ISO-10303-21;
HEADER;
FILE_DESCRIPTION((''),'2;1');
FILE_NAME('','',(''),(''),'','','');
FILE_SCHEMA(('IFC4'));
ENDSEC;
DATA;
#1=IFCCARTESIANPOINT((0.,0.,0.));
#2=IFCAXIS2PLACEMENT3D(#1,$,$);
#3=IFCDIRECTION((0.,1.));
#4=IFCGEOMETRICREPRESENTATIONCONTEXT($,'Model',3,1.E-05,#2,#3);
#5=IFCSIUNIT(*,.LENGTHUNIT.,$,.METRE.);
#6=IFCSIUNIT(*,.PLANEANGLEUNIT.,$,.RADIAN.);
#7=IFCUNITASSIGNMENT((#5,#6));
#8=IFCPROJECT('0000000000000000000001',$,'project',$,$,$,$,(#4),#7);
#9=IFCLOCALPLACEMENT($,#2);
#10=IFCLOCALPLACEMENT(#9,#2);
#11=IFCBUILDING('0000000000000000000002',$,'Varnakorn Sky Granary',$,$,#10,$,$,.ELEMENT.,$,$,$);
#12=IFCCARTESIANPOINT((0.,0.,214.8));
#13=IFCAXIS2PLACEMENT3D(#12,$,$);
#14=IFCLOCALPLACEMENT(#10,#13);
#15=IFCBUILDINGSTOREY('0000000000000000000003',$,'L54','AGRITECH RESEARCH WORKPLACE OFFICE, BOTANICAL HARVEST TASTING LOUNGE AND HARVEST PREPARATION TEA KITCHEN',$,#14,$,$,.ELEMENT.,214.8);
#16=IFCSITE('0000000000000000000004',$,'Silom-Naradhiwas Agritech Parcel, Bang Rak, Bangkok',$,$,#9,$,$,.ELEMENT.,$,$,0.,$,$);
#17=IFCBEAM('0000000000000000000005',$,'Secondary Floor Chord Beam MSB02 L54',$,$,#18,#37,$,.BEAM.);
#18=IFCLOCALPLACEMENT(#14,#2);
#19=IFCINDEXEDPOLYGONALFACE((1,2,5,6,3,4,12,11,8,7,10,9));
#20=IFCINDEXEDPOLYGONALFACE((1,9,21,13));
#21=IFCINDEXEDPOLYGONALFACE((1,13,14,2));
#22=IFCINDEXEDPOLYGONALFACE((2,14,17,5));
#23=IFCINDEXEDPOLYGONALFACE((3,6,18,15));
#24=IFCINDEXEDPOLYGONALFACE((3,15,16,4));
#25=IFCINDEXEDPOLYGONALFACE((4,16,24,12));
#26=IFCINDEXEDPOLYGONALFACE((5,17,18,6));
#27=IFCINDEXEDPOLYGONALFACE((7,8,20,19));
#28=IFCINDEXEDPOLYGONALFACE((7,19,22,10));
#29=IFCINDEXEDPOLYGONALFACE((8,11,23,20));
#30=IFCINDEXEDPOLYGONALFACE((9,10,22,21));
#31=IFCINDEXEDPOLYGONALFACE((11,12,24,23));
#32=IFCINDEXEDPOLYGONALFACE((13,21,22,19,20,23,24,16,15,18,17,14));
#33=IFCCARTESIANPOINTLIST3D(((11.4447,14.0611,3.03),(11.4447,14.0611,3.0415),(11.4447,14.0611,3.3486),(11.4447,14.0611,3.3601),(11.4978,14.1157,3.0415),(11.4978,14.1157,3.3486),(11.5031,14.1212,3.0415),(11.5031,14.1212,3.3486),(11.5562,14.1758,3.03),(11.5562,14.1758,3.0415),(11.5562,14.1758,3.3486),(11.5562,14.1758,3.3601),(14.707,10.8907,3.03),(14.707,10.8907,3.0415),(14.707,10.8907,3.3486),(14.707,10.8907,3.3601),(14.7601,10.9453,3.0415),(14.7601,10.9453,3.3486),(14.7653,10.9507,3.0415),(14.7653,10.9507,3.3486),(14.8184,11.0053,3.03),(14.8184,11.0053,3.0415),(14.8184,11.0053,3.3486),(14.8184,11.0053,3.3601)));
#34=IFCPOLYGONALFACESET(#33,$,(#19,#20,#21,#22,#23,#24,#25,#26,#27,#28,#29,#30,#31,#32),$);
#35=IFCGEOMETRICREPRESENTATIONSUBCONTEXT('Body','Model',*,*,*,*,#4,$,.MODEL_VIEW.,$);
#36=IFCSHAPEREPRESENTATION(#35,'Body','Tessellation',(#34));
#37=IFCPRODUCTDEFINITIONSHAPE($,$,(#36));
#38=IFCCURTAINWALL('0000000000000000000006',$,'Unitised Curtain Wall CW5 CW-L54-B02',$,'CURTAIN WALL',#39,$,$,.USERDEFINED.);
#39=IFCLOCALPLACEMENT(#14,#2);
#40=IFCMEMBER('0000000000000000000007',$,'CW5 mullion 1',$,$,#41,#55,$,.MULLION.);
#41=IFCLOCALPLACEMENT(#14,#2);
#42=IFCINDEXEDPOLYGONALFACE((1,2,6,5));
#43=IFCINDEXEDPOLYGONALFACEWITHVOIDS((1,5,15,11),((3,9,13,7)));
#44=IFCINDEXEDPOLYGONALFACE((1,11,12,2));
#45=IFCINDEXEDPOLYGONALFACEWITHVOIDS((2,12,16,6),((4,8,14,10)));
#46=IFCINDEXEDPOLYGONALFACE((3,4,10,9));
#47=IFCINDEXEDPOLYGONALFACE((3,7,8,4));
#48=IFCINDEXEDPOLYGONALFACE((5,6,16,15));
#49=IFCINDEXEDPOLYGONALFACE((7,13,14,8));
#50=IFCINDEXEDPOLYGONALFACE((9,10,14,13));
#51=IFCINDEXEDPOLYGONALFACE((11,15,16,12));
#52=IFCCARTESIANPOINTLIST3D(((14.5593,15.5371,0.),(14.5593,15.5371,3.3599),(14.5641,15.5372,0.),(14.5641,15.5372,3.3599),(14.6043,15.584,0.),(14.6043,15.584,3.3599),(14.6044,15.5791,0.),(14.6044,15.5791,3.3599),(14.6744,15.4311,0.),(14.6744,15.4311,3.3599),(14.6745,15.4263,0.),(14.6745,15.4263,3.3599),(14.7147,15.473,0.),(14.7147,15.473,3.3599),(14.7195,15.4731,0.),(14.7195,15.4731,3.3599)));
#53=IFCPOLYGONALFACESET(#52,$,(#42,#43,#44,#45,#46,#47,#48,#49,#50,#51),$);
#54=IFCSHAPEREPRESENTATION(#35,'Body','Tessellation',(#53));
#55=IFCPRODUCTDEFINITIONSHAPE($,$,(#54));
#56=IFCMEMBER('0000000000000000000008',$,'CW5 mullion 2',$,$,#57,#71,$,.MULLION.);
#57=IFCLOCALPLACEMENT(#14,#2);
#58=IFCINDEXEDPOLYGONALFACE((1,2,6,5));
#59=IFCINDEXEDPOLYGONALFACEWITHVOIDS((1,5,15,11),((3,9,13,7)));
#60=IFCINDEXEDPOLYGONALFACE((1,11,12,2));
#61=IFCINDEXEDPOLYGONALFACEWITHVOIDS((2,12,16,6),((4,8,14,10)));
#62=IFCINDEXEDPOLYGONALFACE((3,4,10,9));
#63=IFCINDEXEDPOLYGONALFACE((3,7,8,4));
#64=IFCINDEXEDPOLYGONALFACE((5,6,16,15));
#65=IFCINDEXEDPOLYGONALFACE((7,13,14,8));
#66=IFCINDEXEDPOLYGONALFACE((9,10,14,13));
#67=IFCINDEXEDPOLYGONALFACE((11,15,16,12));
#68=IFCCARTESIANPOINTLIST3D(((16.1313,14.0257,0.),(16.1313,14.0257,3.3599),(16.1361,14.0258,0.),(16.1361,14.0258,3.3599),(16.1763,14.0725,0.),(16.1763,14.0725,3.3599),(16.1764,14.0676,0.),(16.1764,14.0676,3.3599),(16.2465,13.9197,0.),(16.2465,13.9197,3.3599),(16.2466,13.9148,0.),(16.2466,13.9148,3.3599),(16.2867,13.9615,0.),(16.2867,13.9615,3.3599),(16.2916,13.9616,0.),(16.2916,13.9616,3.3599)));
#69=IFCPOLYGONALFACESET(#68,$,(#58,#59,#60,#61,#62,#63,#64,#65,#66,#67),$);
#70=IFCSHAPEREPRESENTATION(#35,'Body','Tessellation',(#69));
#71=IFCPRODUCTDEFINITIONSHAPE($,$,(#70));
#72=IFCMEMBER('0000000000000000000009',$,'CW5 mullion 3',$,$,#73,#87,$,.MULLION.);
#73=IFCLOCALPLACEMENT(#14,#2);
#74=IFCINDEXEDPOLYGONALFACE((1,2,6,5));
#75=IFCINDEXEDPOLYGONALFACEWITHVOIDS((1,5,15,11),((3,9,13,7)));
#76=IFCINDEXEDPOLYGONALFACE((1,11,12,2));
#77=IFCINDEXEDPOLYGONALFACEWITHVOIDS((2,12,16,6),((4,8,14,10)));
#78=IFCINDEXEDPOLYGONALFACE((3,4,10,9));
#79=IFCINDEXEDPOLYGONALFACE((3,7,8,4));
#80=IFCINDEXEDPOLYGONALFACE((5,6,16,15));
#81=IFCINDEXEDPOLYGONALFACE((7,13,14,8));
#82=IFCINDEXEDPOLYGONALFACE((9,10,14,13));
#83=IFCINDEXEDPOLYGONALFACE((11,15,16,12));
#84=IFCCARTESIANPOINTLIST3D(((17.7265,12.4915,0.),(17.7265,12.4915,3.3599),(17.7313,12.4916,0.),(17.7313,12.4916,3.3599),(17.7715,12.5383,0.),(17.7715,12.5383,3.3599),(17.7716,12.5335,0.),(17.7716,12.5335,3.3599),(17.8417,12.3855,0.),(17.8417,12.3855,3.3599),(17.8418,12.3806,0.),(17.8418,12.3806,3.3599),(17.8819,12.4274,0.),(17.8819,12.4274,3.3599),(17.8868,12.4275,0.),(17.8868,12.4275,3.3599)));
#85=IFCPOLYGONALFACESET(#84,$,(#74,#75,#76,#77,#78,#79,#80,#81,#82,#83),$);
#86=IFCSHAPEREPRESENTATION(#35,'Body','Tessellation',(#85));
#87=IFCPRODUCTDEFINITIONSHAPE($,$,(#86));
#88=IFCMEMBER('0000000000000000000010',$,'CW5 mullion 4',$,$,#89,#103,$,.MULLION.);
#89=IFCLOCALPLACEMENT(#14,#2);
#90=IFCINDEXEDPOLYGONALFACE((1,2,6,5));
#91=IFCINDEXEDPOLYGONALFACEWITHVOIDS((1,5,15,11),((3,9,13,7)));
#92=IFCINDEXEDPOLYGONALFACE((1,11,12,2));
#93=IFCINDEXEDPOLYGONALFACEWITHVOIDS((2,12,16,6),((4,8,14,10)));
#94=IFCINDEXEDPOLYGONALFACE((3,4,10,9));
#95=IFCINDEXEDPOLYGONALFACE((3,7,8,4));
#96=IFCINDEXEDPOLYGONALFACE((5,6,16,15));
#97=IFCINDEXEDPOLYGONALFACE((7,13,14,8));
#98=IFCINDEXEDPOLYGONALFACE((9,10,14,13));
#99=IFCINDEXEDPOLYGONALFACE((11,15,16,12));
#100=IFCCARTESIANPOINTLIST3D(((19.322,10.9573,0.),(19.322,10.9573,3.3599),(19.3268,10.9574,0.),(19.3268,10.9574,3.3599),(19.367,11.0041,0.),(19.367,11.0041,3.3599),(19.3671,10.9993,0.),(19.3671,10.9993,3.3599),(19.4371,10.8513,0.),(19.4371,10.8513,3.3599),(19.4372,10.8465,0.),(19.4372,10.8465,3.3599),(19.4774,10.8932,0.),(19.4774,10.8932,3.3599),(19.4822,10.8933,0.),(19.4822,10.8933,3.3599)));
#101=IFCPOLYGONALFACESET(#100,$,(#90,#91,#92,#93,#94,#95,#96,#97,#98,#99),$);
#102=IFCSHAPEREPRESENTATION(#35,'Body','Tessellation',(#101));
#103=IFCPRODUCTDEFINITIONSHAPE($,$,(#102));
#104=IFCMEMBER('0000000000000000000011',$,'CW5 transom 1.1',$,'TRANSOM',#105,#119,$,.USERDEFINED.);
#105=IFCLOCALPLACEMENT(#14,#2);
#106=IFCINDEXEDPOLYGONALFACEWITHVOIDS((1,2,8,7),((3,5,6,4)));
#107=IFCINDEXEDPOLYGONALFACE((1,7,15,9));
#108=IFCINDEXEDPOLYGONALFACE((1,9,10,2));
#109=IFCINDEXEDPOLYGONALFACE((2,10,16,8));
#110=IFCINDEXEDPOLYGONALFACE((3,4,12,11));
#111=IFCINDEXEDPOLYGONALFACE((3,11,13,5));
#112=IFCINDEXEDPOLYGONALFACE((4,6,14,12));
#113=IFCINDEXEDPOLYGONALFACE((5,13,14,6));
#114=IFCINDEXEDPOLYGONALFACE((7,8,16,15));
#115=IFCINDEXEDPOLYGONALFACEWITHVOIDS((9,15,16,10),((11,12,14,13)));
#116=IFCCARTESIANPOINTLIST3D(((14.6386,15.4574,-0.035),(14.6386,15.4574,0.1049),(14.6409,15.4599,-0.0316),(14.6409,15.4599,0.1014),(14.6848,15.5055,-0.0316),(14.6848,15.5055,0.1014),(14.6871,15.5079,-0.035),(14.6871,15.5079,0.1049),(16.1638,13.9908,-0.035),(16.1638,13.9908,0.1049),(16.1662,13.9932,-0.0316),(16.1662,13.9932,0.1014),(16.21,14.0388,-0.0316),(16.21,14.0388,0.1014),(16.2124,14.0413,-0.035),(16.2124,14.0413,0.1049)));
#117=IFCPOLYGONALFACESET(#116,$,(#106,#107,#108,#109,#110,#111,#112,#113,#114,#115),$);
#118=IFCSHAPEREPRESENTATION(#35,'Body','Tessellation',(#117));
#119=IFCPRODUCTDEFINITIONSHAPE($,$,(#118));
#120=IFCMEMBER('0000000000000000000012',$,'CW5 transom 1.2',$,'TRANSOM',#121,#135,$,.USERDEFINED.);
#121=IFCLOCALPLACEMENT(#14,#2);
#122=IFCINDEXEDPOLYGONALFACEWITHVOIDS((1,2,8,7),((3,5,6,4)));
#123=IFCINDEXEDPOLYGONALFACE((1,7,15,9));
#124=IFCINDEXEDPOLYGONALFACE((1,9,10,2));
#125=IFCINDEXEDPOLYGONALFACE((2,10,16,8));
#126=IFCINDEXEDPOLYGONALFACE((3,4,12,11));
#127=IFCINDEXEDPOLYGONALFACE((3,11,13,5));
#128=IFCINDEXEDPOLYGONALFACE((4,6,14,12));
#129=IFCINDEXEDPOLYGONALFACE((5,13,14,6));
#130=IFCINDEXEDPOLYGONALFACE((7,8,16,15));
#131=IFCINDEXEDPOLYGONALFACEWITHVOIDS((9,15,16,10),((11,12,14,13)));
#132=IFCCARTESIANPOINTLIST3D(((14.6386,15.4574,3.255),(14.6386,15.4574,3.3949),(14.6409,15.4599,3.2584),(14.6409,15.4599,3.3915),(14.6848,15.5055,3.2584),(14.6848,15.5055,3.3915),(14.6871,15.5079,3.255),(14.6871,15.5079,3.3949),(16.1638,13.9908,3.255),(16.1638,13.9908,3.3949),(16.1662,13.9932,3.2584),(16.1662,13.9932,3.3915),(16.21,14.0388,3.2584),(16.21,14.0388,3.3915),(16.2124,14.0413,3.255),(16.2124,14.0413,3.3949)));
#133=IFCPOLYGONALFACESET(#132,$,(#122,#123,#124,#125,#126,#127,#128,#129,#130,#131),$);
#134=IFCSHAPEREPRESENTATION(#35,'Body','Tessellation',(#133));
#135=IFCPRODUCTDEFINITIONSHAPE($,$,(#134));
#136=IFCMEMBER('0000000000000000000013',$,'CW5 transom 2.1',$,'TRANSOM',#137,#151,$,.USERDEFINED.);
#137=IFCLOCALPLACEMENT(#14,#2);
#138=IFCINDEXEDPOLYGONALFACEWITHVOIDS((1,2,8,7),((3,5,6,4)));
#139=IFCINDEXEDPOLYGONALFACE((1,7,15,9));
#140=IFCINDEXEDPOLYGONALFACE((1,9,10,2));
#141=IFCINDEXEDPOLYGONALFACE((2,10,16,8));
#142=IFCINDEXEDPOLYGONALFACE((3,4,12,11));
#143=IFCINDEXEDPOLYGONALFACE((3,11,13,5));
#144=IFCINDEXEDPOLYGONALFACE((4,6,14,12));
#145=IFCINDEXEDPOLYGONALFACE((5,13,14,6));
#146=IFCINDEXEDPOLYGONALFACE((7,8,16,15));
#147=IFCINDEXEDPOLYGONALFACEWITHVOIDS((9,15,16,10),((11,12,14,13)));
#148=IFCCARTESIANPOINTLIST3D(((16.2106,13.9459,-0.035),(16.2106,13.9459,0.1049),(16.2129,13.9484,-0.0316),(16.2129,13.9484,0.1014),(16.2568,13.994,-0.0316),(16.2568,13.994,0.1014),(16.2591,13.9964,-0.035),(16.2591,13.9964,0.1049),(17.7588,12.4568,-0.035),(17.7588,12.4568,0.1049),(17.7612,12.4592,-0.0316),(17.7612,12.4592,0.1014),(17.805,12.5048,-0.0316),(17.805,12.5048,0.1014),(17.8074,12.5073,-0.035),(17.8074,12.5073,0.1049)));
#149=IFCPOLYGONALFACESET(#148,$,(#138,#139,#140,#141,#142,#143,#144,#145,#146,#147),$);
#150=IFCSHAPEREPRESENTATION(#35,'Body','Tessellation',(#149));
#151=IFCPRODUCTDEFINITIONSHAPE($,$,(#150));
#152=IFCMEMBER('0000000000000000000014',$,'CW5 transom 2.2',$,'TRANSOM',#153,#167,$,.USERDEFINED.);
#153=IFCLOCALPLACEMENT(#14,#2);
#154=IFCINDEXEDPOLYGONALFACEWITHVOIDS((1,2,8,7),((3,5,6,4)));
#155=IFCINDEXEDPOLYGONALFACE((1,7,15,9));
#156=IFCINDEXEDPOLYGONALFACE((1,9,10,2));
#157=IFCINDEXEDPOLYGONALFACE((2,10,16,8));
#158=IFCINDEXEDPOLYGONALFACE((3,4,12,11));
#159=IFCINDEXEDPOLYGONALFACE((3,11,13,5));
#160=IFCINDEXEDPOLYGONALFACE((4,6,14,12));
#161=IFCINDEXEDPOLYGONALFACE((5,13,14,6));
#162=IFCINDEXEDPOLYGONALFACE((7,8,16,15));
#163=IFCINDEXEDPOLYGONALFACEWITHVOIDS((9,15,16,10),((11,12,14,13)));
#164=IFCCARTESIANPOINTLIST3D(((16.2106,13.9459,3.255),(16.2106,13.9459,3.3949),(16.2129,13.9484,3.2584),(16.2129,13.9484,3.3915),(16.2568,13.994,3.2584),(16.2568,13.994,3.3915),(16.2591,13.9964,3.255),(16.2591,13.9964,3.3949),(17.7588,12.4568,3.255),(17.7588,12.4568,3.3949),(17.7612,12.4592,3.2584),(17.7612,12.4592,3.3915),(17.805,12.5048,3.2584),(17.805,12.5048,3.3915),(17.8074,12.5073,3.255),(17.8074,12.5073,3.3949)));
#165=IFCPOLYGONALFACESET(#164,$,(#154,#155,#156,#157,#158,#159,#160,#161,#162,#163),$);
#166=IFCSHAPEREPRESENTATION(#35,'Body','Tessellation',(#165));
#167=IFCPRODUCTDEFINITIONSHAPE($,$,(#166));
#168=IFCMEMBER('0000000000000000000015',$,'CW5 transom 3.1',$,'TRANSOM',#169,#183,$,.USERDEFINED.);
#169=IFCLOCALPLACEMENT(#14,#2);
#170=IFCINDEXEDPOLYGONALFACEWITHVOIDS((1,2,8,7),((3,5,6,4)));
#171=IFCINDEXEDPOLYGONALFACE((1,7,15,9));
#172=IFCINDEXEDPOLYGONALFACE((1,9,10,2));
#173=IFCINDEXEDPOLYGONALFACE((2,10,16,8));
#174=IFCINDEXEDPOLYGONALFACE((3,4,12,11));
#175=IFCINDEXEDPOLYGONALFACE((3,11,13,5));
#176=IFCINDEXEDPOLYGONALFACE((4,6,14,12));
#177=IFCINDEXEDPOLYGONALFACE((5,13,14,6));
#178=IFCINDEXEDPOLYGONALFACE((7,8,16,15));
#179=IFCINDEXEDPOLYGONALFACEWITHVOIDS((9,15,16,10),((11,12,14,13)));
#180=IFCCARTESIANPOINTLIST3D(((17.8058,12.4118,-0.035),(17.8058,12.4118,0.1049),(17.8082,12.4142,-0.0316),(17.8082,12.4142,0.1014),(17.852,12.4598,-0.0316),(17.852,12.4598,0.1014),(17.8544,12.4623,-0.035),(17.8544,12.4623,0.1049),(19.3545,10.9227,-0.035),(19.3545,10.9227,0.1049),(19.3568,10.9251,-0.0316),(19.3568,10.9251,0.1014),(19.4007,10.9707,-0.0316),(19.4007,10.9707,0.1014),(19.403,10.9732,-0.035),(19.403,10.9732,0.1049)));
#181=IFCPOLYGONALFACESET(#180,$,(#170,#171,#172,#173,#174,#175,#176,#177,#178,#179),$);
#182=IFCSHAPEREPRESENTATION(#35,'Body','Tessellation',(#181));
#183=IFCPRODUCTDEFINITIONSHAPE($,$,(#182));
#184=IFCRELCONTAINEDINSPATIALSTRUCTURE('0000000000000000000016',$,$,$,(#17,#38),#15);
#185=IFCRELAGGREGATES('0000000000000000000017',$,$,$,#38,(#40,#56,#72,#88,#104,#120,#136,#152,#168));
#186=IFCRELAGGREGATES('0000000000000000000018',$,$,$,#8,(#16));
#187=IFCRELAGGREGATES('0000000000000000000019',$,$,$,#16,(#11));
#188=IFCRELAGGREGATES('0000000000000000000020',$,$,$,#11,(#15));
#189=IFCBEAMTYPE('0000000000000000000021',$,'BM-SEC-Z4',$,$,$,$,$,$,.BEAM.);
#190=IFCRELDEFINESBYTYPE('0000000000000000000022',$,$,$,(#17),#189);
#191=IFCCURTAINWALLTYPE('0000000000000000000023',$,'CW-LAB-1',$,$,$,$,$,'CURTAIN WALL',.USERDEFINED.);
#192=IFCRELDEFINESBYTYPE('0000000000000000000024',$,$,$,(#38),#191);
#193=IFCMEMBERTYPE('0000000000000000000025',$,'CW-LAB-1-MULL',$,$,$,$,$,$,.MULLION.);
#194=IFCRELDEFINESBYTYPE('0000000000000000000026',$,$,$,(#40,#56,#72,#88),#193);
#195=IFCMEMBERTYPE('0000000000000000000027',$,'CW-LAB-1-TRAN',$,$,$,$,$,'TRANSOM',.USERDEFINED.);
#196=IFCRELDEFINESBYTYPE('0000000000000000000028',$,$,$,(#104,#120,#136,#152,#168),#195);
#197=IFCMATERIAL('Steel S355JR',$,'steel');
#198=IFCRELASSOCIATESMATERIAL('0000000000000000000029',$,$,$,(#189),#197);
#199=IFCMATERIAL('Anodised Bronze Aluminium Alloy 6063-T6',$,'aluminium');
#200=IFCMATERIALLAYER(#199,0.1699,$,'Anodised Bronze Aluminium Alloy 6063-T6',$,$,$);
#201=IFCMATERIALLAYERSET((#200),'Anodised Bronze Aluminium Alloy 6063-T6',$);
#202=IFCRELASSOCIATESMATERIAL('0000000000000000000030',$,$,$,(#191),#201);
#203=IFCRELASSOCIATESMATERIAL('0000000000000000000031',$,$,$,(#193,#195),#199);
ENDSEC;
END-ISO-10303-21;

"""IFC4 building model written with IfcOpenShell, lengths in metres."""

from ifc_helpers import new_model, si_unit, direction, frame, origin, origin_2d, place, context, subcontext, project, spatial, hollow_rectangle, i_section, extrude, material, layer, layer_set, material_profile, profile_set, type_object, element, aggregate, save


model = new_model("IFC4")

# Units and contexts
model_context = context("Model", 3, precision=1e-05, world=origin(), true_north=direction((0.0, 1.0)))
body_context = subcontext(model_context, "Body", "Model", "MODEL_VIEW")
ifc_project = project(units=[si_unit("LENGTHUNIT", "METRE"), si_unit("PLANEANGLEUNIT", "RADIAN")], contexts=[model_context])

# Site, building, storey
site_placement = place(None, origin())
site = spatial("IfcSite", under=ifc_project, at=site_placement, Name="Silom-Naradhiwas Agritech Parcel, Bang Rak, Bangkok", CompositionType="ELEMENT", RefElevation=0.0)
building_placement = place(site_placement, origin())
building = spatial("IfcBuilding", under=site, at=building_placement, Name="Varnakorn Sky Granary", CompositionType="ELEMENT")
storey_placement = place(building_placement, frame((0.0, 0.0, 214.8)))
storey = spatial("IfcBuildingStorey", under=building, at=storey_placement, Name="L54", Description="AGRITECH RESEARCH WORKPLACE OFFICE, BOTANICAL HARVEST TASTING LOUNGE AND HARVEST PREPARATION TEA KITCHEN", CompositionType="ELEMENT", Elevation=214.8)

# Beam
ifc_material_1 = material(Name="Steel S355JR", Category="steel")
ifc_material_profile_1 = material_profile(ifc_material_1, i_section(OverallWidth=0.1599, OverallDepth=0.3301, WebThickness=0.0076, FlangeThickness=0.0115, at=origin_2d()), Name="IPE 330")
ifc_profile_set_1 = profile_set([ifc_material_profile_1], Name="Steel S355JR")
beam_type = type_object("IfcBeamType", Name="BM-SEC-Z4", PredefinedType="BEAM", material=ifc_profile_set_1)
beam_placement = place(storey_placement, frame((14.7627, 10.948, 3.1951), z_axis=(-0.717125, 0.696945, 0.0), x_axis=(-0.696945, -0.717125, 0.0)))
element("IfcBeam", 1, at=beam_placement, inside=storey, type_object=beam_type, Name="Secondary Floor Chord Beam MSB02 L54", PredefinedType="BEAM", context=body_context, shape_type="SweptSolid", body=[
    extrude(i_section(OverallWidth=0.1599, OverallDepth=0.3301, WebThickness=0.0076, FlangeThickness=0.0115, at=origin_2d()), origin(), (0.0, 0.0, 1.0), 4.5491),
])

# Curtain wall, members
ifc_material_2 = material(Name="Anodised Bronze Aluminium Alloy 6063-T6", Category="aluminium")
ifc_layer_1 = layer(ifc_material_2, 0.1699, Name="Anodised Bronze Aluminium Alloy 6063-T6")
ifc_layer_set_1 = layer_set([ifc_layer_1], Name="Anodised Bronze Aluminium Alloy 6063-T6")
curtain_wall_type = type_object("IfcCurtainWallType", Name="CW-LAB-1", ElementType="CURTAIN WALL", PredefinedType="USERDEFINED", material=ifc_layer_set_1)
curtain_wall_placement = place(storey_placement, origin())
curtain_wall = element("IfcCurtainWall", 2, at=curtain_wall_placement, inside=storey, type_object=curtain_wall_type, Name="Unitised Curtain Wall CW5 CW-L54-B02", ObjectType="CURTAIN WALL", PredefinedType="USERDEFINED")
ifc_material_profile_2 = material_profile(ifc_material_2, hollow_rectangle(XDim=0.0649, YDim=0.1599, WallThickness=0.0034, at=origin_2d()), Name="ALU MULL 65x160")
ifc_profile_set_2 = profile_set([ifc_material_profile_2], Name="Anodised Bronze Aluminium Alloy 6063-T6")
member_type_1 = type_object("IfcMemberType", Name="CW-LAB-1-MULL", PredefinedType="MULLION", material=ifc_profile_set_2)
member_1_placement = place(storey_placement, frame((14.6394, 15.5051, 0.0), z_axis=(0.0, 0.0, 1.0), x_axis=(0.69314, 0.720803, 0.0)))
member_1 = element("IfcMember", 3, at=member_1_placement, type_object=member_type_1, Name="CW5 mullion 1", PredefinedType="MULLION", context=body_context, shape_type="SweptSolid", body=[
    extrude(hollow_rectangle(XDim=0.0649, YDim=0.1599, WallThickness=0.0034, at=origin_2d()), origin(), (0.0, 0.0, 1.0), 3.3599),
])
member_2_placement = place(storey_placement, frame((16.2114, 13.9937, 0.0), z_axis=(0.0, 0.0, 1.0), x_axis=(0.69314, 0.720803, 0.0)))
member_2 = element("IfcMember", 4, at=member_2_placement, type_object=member_type_1, Name="CW5 mullion 2", PredefinedType="MULLION", context=body_context, shape_type="SweptSolid", body=[
    extrude(hollow_rectangle(XDim=0.0649, YDim=0.1599, WallThickness=0.0034, at=origin_2d()), origin(), (0.0, 0.0, 1.0), 3.3599),
])
member_3_placement = place(storey_placement, frame((17.8066, 12.4595, 0.0), z_axis=(0.0, 0.0, 1.0), x_axis=(0.69314, 0.720803, 0.0)))
member_3 = element("IfcMember", 5, at=member_3_placement, type_object=member_type_1, Name="CW5 mullion 3", PredefinedType="MULLION", context=body_context, shape_type="SweptSolid", body=[
    extrude(hollow_rectangle(XDim=0.0649, YDim=0.1599, WallThickness=0.0034, at=origin_2d()), origin(), (0.0, 0.0, 1.0), 3.3599),
])
member_4_placement = place(storey_placement, frame((19.4021, 10.9253, 0.0), z_axis=(0.0, 0.0, 1.0), x_axis=(0.69314, 0.720803, 0.0)))
member_4 = element("IfcMember", 6, at=member_4_placement, type_object=member_type_1, Name="CW5 mullion 4", PredefinedType="MULLION", context=body_context, shape_type="SweptSolid", body=[
    extrude(hollow_rectangle(XDim=0.0649, YDim=0.1599, WallThickness=0.0034, at=origin_2d()), origin(), (0.0, 0.0, 1.0), 3.3599),
])
ifc_material_profile_3 = material_profile(ifc_material_2, hollow_rectangle(XDim=0.0701, YDim=0.1399, WallThickness=0.0034, at=origin_2d()), Name="ALU TRAN 70x140")
ifc_profile_set_3 = profile_set([ifc_material_profile_3], Name="Anodised Bronze Aluminium Alloy 6063-T6")
member_type_2 = type_object("IfcMemberType", Name="CW-LAB-1-TRAN", ElementType="TRANSOM", PredefinedType="USERDEFINED", material=ifc_profile_set_3)
member_5_placement = place(storey_placement, frame((14.6628, 15.4827, 0.0349), z_axis=(0.720818, -0.693125, 0.0), x_axis=(0.693125, 0.720818, 0.0)))
member_5 = element("IfcMember", 7, at=member_5_placement, type_object=member_type_2, Name="CW5 transom 1.1", ObjectType="TRANSOM", PredefinedType="USERDEFINED", context=body_context, shape_type="SweptSolid", body=[
    extrude(hollow_rectangle(XDim=0.0701, YDim=0.1399, WallThickness=0.0034, at=origin_2d()), origin(), (0.0, 0.0, 1.0), 2.116),
])
member_6_placement = place(storey_placement, frame((14.6628, 15.4827, 3.325), z_axis=(0.720818, -0.693125, 0.0), x_axis=(0.693125, 0.720818, 0.0)))
member_6 = element("IfcMember", 8, at=member_6_placement, type_object=member_type_2, Name="CW5 transom 1.2", ObjectType="TRANSOM", PredefinedType="USERDEFINED", context=body_context, shape_type="SweptSolid", body=[
    extrude(hollow_rectangle(XDim=0.0701, YDim=0.1399, WallThickness=0.0034, at=origin_2d()), origin(), (0.0, 0.0, 1.0), 2.116),
])
member_7_placement = place(storey_placement, frame((16.2349, 13.9712, 0.0349), z_axis=(0.720724, -0.693222, 0.0), x_axis=(0.693222, 0.720724, 0.0)))
member_7 = element("IfcMember", 9, at=member_7_placement, type_object=member_type_2, Name="CW5 transom 2.1", ObjectType="TRANSOM", PredefinedType="USERDEFINED", context=body_context, shape_type="SweptSolid", body=[
    extrude(hollow_rectangle(XDim=0.0701, YDim=0.1399, WallThickness=0.0034, at=origin_2d()), origin(), (0.0, 0.0, 1.0), 2.1482),
])
member_8_placement = place(storey_placement, frame((16.2349, 13.9712, 3.325), z_axis=(0.720724, -0.693222, 0.0), x_axis=(0.693222, 0.720724, 0.0)))
member_8 = element("IfcMember", 10, at=member_8_placement, type_object=member_type_2, Name="CW5 transom 2.2", ObjectType="TRANSOM", PredefinedType="USERDEFINED", context=body_context, shape_type="SweptSolid", body=[
    extrude(hollow_rectangle(XDim=0.0701, YDim=0.1399, WallThickness=0.0034, at=origin_2d()), origin(), (0.0, 0.0, 1.0), 2.1482),
])
member_9_placement = place(storey_placement, frame((17.8301, 12.437, 0.0349), z_axis=(0.720835, -0.693106, 0.0), x_axis=(0.693106, 0.720835, 0.0)))
member_9 = element("IfcMember", 11, at=member_9_placement, type_object=member_type_2, Name="CW5 transom 3.1", ObjectType="TRANSOM", PredefinedType="USERDEFINED", context=body_context, shape_type="SweptSolid", body=[
    extrude(hollow_rectangle(XDim=0.0701, YDim=0.1399, WallThickness=0.0034, at=origin_2d()), origin(), (0.0, 0.0, 1.0), 2.1484),
])

aggregate(curtain_wall, [member_1, member_2, member_3, member_4, member_5, member_6, member_7, member_8, member_9])

save(model, "model.ifc")
